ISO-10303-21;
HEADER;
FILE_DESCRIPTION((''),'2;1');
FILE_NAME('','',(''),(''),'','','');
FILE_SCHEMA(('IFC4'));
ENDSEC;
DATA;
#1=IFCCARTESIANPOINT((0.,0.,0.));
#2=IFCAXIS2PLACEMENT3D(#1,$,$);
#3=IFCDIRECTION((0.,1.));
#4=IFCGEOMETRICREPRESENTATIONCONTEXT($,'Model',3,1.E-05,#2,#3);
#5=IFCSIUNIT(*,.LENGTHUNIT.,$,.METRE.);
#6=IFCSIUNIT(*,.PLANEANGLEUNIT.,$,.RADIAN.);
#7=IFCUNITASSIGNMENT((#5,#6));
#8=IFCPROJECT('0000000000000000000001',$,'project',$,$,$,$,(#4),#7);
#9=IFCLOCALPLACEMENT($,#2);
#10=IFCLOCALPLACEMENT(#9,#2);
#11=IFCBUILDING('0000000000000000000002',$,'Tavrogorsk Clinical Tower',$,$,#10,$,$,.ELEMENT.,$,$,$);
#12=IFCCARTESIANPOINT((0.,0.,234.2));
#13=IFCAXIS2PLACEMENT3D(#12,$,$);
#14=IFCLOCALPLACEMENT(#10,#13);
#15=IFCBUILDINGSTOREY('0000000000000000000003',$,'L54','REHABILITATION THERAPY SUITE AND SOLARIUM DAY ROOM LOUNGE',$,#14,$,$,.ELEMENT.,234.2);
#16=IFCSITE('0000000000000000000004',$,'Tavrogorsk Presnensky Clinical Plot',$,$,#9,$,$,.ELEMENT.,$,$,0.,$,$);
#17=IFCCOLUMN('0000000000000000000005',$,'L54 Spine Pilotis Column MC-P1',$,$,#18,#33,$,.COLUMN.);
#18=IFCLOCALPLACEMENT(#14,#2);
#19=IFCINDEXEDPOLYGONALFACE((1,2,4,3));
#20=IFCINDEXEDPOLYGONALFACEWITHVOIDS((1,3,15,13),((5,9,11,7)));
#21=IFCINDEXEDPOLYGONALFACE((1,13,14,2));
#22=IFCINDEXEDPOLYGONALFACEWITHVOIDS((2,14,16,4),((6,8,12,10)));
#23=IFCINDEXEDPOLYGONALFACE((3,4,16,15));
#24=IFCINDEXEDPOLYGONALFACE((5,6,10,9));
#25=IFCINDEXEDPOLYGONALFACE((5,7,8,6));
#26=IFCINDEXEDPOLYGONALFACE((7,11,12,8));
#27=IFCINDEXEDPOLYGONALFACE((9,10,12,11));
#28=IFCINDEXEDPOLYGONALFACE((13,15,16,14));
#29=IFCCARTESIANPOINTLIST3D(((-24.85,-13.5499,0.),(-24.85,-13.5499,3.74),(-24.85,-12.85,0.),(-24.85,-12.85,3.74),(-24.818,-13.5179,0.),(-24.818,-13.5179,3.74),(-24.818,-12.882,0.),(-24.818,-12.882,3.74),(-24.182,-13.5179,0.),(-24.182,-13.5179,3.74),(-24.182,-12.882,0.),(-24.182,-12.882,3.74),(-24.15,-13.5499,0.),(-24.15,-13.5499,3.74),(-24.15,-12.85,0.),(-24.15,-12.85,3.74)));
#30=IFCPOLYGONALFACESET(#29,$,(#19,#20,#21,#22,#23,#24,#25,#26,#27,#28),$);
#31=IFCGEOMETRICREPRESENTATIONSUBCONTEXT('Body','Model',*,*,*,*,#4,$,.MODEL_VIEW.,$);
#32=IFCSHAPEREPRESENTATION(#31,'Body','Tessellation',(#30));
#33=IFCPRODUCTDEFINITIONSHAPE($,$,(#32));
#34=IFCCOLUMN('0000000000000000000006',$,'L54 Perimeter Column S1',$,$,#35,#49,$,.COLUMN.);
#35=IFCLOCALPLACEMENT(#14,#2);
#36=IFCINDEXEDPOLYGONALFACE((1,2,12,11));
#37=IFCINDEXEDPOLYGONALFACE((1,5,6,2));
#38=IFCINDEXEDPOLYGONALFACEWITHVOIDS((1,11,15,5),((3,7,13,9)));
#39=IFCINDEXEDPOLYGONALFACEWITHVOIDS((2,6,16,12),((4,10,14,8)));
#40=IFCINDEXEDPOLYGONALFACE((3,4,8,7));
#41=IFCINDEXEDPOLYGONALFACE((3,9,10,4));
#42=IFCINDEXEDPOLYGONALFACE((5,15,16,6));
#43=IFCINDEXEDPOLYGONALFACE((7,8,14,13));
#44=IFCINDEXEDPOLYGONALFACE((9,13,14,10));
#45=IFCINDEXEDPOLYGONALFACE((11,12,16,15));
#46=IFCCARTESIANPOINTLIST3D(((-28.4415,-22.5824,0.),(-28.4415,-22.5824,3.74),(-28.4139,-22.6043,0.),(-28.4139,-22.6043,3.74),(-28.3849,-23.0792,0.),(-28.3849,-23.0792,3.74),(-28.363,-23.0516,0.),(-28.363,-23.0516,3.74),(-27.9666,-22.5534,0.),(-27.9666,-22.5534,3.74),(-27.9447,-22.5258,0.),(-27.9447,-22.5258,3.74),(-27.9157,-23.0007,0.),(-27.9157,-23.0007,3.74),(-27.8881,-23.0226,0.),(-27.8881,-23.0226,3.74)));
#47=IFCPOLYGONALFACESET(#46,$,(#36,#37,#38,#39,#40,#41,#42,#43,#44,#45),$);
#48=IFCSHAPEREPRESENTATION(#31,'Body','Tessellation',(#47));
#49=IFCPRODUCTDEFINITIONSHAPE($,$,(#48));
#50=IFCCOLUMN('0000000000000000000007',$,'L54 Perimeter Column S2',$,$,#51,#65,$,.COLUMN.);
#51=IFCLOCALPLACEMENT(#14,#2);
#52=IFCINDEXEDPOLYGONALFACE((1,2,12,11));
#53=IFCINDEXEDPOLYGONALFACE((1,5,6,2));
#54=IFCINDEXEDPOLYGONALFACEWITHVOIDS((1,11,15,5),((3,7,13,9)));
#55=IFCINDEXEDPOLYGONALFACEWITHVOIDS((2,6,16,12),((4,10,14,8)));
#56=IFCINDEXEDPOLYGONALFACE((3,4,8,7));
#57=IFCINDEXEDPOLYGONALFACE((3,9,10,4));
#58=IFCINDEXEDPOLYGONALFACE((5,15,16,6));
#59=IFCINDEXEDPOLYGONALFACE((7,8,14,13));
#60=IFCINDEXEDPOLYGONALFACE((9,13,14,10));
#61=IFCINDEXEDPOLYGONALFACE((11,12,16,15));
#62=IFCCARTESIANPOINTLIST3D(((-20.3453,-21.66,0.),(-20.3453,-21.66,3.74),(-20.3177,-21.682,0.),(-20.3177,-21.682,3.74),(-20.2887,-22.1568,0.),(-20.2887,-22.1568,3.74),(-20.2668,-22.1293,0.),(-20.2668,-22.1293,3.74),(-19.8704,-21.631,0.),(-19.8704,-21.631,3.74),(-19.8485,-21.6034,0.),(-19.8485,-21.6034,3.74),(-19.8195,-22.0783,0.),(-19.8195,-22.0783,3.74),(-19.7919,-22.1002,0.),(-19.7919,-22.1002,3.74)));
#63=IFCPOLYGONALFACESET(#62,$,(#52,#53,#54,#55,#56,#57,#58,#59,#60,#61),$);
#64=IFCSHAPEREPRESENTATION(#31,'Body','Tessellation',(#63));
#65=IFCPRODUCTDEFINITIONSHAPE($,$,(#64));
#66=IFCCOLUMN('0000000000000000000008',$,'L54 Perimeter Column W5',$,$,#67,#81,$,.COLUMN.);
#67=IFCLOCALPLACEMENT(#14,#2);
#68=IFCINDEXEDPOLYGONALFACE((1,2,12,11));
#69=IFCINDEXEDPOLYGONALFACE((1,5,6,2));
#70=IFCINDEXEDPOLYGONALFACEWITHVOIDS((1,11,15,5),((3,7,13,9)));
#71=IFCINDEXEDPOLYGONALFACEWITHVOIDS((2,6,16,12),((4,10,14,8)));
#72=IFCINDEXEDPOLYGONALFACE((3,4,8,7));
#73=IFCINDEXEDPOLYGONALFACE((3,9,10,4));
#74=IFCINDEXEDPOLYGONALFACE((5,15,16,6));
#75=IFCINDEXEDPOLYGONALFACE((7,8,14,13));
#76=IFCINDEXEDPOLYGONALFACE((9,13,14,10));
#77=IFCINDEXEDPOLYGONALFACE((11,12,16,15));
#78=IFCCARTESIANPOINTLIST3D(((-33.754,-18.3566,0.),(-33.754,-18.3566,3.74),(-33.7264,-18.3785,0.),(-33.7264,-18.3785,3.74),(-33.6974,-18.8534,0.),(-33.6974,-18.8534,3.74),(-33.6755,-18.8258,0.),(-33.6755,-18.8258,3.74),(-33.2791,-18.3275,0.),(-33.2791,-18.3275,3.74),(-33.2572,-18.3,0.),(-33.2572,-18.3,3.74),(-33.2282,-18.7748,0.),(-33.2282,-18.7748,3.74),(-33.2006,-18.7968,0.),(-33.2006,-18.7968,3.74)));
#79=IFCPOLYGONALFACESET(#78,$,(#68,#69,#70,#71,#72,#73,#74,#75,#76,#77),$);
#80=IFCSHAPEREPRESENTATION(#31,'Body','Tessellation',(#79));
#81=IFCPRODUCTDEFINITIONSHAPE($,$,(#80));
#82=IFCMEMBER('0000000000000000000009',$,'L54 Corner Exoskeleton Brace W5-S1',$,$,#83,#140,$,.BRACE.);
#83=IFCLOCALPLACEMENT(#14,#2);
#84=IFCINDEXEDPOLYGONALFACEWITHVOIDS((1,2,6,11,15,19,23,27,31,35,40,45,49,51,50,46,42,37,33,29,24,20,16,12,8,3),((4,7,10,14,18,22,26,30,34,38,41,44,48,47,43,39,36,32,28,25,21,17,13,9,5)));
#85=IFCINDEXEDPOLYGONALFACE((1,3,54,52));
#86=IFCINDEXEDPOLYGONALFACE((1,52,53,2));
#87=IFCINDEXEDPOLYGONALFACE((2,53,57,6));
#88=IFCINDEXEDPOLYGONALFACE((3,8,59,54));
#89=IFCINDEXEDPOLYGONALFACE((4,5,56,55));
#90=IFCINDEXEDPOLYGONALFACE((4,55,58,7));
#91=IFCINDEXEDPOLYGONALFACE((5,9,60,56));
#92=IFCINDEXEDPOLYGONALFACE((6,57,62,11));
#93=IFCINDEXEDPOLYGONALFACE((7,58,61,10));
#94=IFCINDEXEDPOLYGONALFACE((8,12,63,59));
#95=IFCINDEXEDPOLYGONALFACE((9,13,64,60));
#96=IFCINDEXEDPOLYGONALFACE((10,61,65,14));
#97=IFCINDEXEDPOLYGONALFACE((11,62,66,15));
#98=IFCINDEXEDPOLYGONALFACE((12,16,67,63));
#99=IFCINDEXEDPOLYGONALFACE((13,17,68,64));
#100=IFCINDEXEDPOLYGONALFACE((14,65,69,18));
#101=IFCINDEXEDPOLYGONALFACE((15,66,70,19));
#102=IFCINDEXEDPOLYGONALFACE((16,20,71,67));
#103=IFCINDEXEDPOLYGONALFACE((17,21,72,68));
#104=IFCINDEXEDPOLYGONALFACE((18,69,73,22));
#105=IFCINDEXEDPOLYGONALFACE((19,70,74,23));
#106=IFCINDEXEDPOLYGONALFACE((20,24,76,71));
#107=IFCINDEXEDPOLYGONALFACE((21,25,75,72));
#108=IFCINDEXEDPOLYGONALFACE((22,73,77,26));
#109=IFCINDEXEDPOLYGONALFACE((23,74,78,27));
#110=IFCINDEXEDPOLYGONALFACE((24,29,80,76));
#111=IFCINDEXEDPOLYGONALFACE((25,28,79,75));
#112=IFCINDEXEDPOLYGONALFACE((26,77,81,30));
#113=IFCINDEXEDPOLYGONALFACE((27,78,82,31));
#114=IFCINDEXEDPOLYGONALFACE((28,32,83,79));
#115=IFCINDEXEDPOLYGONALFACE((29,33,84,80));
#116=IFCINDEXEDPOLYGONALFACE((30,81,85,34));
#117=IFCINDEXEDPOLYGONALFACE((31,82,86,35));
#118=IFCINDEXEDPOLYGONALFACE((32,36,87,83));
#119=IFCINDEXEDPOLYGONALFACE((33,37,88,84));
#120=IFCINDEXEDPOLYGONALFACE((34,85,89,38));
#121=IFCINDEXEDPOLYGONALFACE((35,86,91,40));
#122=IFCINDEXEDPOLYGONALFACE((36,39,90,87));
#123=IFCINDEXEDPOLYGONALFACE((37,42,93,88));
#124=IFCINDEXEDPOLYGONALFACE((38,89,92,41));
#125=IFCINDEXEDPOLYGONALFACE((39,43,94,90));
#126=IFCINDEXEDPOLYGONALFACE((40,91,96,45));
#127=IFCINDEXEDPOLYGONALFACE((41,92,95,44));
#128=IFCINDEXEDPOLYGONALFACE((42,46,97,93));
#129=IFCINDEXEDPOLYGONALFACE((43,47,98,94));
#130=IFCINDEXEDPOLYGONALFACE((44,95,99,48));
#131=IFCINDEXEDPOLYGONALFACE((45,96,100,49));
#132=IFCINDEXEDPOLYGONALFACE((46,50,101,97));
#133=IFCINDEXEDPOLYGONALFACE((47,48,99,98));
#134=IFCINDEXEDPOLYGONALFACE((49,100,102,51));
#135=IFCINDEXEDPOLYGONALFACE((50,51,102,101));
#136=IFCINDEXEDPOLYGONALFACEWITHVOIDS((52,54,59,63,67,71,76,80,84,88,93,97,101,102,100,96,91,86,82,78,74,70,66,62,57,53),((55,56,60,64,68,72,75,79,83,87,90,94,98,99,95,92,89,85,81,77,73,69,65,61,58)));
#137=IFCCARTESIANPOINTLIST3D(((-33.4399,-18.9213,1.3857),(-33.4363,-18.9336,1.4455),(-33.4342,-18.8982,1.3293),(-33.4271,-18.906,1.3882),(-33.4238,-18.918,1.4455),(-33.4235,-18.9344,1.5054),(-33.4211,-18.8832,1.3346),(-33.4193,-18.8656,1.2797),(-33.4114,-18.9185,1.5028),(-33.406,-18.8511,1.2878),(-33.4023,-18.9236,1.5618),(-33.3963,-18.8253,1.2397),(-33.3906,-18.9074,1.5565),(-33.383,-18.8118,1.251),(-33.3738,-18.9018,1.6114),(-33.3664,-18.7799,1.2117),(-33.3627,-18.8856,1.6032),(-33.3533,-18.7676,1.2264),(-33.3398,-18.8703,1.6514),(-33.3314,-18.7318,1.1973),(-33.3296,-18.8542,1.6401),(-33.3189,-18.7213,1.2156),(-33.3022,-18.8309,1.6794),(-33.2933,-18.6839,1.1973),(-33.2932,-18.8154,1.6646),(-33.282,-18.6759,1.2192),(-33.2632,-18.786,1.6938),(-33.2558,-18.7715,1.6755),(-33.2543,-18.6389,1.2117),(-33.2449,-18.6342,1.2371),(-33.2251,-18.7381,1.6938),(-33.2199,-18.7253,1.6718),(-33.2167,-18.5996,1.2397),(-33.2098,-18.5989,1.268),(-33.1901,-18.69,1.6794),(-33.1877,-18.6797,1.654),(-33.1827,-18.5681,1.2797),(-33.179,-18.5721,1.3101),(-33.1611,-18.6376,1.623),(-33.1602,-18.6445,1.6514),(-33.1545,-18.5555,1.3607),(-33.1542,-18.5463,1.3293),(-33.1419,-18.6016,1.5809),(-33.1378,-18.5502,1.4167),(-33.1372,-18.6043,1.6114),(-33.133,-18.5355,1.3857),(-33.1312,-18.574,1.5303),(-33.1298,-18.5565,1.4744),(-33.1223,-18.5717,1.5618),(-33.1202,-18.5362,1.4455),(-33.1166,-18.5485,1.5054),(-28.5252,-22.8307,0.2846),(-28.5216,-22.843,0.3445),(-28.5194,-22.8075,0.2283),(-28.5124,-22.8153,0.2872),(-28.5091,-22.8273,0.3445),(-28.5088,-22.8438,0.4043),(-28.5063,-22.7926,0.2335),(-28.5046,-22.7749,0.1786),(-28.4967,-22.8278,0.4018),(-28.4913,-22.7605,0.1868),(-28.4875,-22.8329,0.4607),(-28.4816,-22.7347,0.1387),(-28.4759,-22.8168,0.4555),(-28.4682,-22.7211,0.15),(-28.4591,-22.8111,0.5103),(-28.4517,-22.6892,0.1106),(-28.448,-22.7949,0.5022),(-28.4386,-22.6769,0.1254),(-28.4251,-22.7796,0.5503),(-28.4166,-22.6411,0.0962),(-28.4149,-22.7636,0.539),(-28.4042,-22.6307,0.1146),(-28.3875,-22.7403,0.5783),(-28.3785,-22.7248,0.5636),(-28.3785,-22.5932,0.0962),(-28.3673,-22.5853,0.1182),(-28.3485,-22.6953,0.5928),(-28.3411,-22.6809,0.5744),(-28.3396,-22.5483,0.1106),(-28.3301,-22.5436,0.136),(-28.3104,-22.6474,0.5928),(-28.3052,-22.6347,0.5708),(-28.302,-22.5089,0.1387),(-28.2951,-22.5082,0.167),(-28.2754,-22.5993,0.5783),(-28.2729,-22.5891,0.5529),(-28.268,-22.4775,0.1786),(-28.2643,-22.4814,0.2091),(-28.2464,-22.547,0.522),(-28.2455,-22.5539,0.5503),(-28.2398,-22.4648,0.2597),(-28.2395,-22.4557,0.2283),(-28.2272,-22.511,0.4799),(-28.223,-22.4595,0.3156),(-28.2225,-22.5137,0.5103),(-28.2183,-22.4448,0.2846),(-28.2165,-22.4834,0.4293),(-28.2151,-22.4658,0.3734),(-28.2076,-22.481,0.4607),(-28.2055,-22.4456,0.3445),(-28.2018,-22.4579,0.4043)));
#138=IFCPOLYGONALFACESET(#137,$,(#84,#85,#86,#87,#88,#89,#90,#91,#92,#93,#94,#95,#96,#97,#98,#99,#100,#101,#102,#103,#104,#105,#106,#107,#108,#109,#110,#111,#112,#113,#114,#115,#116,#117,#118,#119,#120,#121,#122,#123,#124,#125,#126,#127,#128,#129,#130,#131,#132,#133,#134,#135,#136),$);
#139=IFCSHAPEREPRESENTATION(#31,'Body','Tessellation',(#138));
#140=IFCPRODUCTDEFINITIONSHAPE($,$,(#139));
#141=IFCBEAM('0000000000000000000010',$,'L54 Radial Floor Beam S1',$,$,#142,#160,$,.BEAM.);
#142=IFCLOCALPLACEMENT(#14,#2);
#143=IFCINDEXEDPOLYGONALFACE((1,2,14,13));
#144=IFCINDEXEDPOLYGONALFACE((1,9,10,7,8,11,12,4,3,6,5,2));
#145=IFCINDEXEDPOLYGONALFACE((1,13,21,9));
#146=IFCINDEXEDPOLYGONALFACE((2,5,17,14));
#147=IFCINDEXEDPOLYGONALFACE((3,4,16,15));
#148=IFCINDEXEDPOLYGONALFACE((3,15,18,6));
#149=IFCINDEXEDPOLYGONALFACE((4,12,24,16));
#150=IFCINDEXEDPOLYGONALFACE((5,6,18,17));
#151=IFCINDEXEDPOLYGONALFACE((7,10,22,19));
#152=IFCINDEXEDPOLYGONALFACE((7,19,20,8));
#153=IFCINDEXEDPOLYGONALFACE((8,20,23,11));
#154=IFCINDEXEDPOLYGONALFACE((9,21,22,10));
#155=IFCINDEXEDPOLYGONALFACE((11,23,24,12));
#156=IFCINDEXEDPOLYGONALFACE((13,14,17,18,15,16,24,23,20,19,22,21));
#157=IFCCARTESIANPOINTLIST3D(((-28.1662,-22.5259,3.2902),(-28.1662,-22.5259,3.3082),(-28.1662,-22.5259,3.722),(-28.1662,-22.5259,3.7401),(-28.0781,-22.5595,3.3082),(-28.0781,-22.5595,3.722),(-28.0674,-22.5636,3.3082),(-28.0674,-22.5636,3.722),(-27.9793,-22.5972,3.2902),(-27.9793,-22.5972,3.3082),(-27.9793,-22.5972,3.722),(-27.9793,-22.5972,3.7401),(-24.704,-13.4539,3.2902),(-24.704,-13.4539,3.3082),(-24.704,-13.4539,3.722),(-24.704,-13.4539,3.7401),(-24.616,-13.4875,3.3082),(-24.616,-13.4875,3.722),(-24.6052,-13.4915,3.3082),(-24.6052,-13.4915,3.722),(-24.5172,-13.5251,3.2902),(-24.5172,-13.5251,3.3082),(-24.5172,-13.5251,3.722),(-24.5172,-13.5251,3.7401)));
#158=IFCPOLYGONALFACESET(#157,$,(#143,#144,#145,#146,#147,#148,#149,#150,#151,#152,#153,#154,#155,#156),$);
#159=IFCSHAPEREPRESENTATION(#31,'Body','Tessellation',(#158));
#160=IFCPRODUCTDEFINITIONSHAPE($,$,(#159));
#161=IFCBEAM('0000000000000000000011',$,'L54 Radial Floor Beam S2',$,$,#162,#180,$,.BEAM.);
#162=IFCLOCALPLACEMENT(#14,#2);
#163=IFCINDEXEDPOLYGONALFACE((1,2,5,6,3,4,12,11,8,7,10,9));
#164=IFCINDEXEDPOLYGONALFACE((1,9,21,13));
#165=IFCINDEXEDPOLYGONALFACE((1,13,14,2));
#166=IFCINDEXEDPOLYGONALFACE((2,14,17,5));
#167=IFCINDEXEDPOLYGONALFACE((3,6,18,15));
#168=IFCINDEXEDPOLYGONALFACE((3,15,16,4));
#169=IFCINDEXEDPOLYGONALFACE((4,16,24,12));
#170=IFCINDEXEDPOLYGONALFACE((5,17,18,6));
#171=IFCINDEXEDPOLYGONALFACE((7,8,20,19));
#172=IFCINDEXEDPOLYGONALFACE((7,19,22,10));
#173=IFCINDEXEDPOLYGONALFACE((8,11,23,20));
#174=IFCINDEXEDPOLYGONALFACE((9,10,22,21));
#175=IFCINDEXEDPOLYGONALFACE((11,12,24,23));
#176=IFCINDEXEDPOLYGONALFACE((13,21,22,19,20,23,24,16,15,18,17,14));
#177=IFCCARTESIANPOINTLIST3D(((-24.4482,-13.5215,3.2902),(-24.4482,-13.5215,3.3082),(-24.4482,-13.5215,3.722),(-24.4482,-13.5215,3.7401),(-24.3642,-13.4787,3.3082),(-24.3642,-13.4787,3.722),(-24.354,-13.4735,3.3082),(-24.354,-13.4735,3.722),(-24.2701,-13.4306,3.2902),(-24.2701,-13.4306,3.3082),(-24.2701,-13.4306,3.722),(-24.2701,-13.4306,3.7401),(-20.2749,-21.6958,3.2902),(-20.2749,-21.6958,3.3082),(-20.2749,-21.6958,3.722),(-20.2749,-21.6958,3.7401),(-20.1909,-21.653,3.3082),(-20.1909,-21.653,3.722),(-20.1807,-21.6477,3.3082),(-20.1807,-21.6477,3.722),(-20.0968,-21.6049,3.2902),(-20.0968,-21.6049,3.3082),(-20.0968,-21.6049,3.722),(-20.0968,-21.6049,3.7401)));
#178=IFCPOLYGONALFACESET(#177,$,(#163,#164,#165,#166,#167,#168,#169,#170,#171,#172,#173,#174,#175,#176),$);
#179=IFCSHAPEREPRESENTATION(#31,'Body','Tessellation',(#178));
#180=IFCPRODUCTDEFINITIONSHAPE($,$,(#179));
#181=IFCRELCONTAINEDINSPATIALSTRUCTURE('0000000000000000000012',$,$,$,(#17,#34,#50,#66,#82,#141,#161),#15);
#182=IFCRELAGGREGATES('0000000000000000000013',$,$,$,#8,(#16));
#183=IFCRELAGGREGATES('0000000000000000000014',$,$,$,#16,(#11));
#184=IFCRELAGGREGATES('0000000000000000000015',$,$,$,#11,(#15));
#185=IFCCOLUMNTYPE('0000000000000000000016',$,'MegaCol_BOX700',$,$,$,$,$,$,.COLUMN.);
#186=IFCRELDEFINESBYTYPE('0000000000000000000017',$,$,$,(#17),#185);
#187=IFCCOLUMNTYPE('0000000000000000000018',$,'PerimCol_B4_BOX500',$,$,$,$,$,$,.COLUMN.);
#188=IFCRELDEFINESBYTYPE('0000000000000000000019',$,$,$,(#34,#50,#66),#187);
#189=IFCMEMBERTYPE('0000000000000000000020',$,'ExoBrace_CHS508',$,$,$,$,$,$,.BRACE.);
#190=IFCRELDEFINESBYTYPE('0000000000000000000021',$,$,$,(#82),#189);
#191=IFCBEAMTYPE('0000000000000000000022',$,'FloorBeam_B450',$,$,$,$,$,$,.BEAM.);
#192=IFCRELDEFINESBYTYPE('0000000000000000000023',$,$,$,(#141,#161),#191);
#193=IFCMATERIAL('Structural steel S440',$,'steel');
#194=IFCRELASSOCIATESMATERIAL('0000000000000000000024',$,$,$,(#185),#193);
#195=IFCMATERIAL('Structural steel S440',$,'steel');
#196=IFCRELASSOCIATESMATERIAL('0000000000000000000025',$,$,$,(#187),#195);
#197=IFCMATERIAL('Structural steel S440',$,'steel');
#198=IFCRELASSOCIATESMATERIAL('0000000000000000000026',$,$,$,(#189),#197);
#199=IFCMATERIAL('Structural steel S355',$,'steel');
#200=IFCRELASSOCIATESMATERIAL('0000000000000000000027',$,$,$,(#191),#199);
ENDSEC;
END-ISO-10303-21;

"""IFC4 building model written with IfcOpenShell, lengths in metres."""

from ifc_helpers import new_model, si_unit, direction, frame, origin, origin_2d, place, context, subcontext, project, spatial, hollow_rectangle, hollow_circle, i_section, extrude, material, material_profile, profile_set, type_object, element, save


model = new_model("IFC4")

# Units and contexts
model_context = context("Model", 3, precision=1e-05, world=origin(), true_north=direction((0.0, 1.0)))
body_context = subcontext(model_context, "Body", "Model", "MODEL_VIEW")
ifc_project = project(units=[si_unit("LENGTHUNIT", "METRE"), si_unit("PLANEANGLEUNIT", "RADIAN")], contexts=[model_context])

# Site, building, storey
site_placement = place(None, origin())
site = spatial("IfcSite", under=ifc_project, at=site_placement, Name="Tavrogorsk Presnensky Clinical Plot", CompositionType="ELEMENT", RefElevation=0.0)
building_placement = place(site_placement, origin())
building = spatial("IfcBuilding", under=site, at=building_placement, Name="Tavrogorsk Clinical Tower", CompositionType="ELEMENT")
storey_placement = place(building_placement, frame((0.0, 0.0, 234.2)))
storey = spatial("IfcBuildingStorey", under=building, at=storey_placement, Name="L54", Description="REHABILITATION THERAPY SUITE AND SOLARIUM DAY ROOM LOUNGE", CompositionType="ELEMENT", Elevation=234.2)

# Columns
ifc_material_1 = material(Name="Structural steel S440", Category="steel")
ifc_material_profile_1 = material_profile(ifc_material_1, hollow_rectangle(XDim=0.7, YDim=0.7, WallThickness=0.032, at=origin_2d()), Name="BOX-700x700x32")
ifc_profile_set_1 = profile_set([ifc_material_profile_1], Name="Structural steel S440")
column_type_1 = type_object("IfcColumnType", Name="MegaCol_BOX700", PredefinedType="COLUMN", material=ifc_profile_set_1)
column_placement = place(storey_placement, frame((-24.5, -13.2, 0.0), z_axis=(0.0, 0.0, 1.0), x_axis=(1.0, 0.0, 0.0)))
element("IfcColumn", 1, at=column_placement, inside=storey, type_object=column_type_1, Name="L54 Spine Pilotis Column MC-P1", PredefinedType="COLUMN", context=body_context, shape_type="SweptSolid", body=[
    extrude(hollow_rectangle(XDim=0.7, YDim=0.7, WallThickness=0.032, at=origin_2d()), origin(), (0.0, 0.0, 1.0), 3.74),
])
ifc_material_2 = material(Name="Structural steel S440", Category="steel")
ifc_material_profile_2 = material_profile(ifc_material_2, hollow_rectangle(XDim=0.5, YDim=0.5, WallThickness=0.0249, at=origin_2d()), Name="BOX-500x500x25")
ifc_profile_set_2 = profile_set([ifc_material_profile_2], Name="Structural steel S440")
column_type_2 = type_object("IfcColumnType", Name="PerimCol_B4_BOX500", PredefinedType="COLUMN", material=ifc_profile_set_2)
for number, where, z_axis, x_axis, name in (
    (2, (-28.1648, -22.8025, 0.0), (0.0, 0.0, 1.0), (0.993572, 0.113203, 0.0), "L54 Perimeter Column S1"),
    (3, (-20.0686, -21.8801, 0.0), (0.0, 0.0, 1.0), (0.993572, 0.113203, 0.0), "L54 Perimeter Column S2"),
    (4, (-33.4773, -18.5767, 0.0), (0.0, 0.0, 1.0), (0.993572, 0.113203, 0.0), "L54 Perimeter Column W5"),
):
    element("IfcColumn", number, at=place(storey_placement, frame(where, z_axis=z_axis, x_axis=x_axis)), inside=storey, type_object=column_type_2, Name=name, PredefinedType="COLUMN", context=body_context, shape_type="SweptSolid", body=[
        extrude(hollow_rectangle(XDim=0.5, YDim=0.5, WallThickness=0.0249, at=origin_2d()), origin(), (0.0, 0.0, 1.0), 3.74),
    ])

# Member
ifc_material_3 = material(Name="Structural steel S440", Category="steel")
ifc_material_profile_3 = material_profile(ifc_material_3, hollow_circle(Radius=0.2539, WallThickness=0.02, at=origin_2d()), Name="CHS-508x20")
ifc_profile_set_3 = profile_set([ifc_material_profile_3], Name="Structural steel S440")
member_type_1 = type_object("IfcMemberType", Name="ExoBrace_CHS508", PredefinedType="BRACE", material=ifc_profile_set_3)
member_1_placement = place(storey_placement, frame((-28.3635, -22.6443, 0.3445), z_axis=(-0.770848, 0.613163, 0.172695), x_axis=(-0.622517, -0.782607, 0.0)))
element("IfcMember", 5, at=member_1_placement, inside=storey, type_object=member_type_1, Name="L54 Corner Exoskeleton Brace W5-S1", PredefinedType="BRACE", context=body_context, shape_type="SweptSolid", body=[
    extrude(hollow_circle(Radius=0.2539, WallThickness=0.02, at=origin_2d()), origin(), (0.0, 0.0, 1.0), 6.3757),
])

# Beams
ifc_material_4 = material(Name="Structural steel S355", Category="steel")
ifc_material_profile_4 = material_profile(ifc_material_4, i_section(OverallWidth=0.2, OverallDepth=0.45, WebThickness=0.0115, FlangeThickness=0.0181, at=origin_2d()), Name="B-450x200x11.5x18")
ifc_profile_set_4 = profile_set([ifc_material_profile_4], Name="Structural steel S355")
beam_type_1 = type_object("IfcBeamType", Name="FloorBeam_B450", PredefinedType="BEAM", material=ifc_profile_set_4)
beam_1_placement = place(storey_placement, frame((-24.6106, -13.4895, 3.5151), z_axis=(-0.356548, -0.934277, 0.0), x_axis=(0.934277, -0.356548, 0.0)))
element("IfcBeam", 6, at=beam_1_placement, inside=storey, type_object=beam_type_1, Name="L54 Radial Floor Beam S1", PredefinedType="BEAM", context=body_context, shape_type="SweptSolid", body=[
    extrude(i_section(OverallWidth=0.2, OverallDepth=0.45, WebThickness=0.0115, FlangeThickness=0.0181, at=origin_2d()), origin(), (0.0, 0.0, 1.0), 9.7102),
])
beam_2_placement = place(storey_placement, frame((-24.3591, -13.4761, 3.5151), z_axis=(0.45471, -0.89064, 0.0), x_axis=(0.89064, 0.45471, 0.0)))
element("IfcBeam", 7, at=beam_2_placement, inside=storey, type_object=beam_type_1, Name="L54 Radial Floor Beam S2", PredefinedType="BEAM", context=body_context, shape_type="SweptSolid", body=[
    extrude(i_section(OverallWidth=0.2, OverallDepth=0.45, WebThickness=0.0115, FlangeThickness=0.0181, at=origin_2d()), origin(), (0.0, 0.0, 1.0), 9.178),
])

save(model, "model.ifc")
